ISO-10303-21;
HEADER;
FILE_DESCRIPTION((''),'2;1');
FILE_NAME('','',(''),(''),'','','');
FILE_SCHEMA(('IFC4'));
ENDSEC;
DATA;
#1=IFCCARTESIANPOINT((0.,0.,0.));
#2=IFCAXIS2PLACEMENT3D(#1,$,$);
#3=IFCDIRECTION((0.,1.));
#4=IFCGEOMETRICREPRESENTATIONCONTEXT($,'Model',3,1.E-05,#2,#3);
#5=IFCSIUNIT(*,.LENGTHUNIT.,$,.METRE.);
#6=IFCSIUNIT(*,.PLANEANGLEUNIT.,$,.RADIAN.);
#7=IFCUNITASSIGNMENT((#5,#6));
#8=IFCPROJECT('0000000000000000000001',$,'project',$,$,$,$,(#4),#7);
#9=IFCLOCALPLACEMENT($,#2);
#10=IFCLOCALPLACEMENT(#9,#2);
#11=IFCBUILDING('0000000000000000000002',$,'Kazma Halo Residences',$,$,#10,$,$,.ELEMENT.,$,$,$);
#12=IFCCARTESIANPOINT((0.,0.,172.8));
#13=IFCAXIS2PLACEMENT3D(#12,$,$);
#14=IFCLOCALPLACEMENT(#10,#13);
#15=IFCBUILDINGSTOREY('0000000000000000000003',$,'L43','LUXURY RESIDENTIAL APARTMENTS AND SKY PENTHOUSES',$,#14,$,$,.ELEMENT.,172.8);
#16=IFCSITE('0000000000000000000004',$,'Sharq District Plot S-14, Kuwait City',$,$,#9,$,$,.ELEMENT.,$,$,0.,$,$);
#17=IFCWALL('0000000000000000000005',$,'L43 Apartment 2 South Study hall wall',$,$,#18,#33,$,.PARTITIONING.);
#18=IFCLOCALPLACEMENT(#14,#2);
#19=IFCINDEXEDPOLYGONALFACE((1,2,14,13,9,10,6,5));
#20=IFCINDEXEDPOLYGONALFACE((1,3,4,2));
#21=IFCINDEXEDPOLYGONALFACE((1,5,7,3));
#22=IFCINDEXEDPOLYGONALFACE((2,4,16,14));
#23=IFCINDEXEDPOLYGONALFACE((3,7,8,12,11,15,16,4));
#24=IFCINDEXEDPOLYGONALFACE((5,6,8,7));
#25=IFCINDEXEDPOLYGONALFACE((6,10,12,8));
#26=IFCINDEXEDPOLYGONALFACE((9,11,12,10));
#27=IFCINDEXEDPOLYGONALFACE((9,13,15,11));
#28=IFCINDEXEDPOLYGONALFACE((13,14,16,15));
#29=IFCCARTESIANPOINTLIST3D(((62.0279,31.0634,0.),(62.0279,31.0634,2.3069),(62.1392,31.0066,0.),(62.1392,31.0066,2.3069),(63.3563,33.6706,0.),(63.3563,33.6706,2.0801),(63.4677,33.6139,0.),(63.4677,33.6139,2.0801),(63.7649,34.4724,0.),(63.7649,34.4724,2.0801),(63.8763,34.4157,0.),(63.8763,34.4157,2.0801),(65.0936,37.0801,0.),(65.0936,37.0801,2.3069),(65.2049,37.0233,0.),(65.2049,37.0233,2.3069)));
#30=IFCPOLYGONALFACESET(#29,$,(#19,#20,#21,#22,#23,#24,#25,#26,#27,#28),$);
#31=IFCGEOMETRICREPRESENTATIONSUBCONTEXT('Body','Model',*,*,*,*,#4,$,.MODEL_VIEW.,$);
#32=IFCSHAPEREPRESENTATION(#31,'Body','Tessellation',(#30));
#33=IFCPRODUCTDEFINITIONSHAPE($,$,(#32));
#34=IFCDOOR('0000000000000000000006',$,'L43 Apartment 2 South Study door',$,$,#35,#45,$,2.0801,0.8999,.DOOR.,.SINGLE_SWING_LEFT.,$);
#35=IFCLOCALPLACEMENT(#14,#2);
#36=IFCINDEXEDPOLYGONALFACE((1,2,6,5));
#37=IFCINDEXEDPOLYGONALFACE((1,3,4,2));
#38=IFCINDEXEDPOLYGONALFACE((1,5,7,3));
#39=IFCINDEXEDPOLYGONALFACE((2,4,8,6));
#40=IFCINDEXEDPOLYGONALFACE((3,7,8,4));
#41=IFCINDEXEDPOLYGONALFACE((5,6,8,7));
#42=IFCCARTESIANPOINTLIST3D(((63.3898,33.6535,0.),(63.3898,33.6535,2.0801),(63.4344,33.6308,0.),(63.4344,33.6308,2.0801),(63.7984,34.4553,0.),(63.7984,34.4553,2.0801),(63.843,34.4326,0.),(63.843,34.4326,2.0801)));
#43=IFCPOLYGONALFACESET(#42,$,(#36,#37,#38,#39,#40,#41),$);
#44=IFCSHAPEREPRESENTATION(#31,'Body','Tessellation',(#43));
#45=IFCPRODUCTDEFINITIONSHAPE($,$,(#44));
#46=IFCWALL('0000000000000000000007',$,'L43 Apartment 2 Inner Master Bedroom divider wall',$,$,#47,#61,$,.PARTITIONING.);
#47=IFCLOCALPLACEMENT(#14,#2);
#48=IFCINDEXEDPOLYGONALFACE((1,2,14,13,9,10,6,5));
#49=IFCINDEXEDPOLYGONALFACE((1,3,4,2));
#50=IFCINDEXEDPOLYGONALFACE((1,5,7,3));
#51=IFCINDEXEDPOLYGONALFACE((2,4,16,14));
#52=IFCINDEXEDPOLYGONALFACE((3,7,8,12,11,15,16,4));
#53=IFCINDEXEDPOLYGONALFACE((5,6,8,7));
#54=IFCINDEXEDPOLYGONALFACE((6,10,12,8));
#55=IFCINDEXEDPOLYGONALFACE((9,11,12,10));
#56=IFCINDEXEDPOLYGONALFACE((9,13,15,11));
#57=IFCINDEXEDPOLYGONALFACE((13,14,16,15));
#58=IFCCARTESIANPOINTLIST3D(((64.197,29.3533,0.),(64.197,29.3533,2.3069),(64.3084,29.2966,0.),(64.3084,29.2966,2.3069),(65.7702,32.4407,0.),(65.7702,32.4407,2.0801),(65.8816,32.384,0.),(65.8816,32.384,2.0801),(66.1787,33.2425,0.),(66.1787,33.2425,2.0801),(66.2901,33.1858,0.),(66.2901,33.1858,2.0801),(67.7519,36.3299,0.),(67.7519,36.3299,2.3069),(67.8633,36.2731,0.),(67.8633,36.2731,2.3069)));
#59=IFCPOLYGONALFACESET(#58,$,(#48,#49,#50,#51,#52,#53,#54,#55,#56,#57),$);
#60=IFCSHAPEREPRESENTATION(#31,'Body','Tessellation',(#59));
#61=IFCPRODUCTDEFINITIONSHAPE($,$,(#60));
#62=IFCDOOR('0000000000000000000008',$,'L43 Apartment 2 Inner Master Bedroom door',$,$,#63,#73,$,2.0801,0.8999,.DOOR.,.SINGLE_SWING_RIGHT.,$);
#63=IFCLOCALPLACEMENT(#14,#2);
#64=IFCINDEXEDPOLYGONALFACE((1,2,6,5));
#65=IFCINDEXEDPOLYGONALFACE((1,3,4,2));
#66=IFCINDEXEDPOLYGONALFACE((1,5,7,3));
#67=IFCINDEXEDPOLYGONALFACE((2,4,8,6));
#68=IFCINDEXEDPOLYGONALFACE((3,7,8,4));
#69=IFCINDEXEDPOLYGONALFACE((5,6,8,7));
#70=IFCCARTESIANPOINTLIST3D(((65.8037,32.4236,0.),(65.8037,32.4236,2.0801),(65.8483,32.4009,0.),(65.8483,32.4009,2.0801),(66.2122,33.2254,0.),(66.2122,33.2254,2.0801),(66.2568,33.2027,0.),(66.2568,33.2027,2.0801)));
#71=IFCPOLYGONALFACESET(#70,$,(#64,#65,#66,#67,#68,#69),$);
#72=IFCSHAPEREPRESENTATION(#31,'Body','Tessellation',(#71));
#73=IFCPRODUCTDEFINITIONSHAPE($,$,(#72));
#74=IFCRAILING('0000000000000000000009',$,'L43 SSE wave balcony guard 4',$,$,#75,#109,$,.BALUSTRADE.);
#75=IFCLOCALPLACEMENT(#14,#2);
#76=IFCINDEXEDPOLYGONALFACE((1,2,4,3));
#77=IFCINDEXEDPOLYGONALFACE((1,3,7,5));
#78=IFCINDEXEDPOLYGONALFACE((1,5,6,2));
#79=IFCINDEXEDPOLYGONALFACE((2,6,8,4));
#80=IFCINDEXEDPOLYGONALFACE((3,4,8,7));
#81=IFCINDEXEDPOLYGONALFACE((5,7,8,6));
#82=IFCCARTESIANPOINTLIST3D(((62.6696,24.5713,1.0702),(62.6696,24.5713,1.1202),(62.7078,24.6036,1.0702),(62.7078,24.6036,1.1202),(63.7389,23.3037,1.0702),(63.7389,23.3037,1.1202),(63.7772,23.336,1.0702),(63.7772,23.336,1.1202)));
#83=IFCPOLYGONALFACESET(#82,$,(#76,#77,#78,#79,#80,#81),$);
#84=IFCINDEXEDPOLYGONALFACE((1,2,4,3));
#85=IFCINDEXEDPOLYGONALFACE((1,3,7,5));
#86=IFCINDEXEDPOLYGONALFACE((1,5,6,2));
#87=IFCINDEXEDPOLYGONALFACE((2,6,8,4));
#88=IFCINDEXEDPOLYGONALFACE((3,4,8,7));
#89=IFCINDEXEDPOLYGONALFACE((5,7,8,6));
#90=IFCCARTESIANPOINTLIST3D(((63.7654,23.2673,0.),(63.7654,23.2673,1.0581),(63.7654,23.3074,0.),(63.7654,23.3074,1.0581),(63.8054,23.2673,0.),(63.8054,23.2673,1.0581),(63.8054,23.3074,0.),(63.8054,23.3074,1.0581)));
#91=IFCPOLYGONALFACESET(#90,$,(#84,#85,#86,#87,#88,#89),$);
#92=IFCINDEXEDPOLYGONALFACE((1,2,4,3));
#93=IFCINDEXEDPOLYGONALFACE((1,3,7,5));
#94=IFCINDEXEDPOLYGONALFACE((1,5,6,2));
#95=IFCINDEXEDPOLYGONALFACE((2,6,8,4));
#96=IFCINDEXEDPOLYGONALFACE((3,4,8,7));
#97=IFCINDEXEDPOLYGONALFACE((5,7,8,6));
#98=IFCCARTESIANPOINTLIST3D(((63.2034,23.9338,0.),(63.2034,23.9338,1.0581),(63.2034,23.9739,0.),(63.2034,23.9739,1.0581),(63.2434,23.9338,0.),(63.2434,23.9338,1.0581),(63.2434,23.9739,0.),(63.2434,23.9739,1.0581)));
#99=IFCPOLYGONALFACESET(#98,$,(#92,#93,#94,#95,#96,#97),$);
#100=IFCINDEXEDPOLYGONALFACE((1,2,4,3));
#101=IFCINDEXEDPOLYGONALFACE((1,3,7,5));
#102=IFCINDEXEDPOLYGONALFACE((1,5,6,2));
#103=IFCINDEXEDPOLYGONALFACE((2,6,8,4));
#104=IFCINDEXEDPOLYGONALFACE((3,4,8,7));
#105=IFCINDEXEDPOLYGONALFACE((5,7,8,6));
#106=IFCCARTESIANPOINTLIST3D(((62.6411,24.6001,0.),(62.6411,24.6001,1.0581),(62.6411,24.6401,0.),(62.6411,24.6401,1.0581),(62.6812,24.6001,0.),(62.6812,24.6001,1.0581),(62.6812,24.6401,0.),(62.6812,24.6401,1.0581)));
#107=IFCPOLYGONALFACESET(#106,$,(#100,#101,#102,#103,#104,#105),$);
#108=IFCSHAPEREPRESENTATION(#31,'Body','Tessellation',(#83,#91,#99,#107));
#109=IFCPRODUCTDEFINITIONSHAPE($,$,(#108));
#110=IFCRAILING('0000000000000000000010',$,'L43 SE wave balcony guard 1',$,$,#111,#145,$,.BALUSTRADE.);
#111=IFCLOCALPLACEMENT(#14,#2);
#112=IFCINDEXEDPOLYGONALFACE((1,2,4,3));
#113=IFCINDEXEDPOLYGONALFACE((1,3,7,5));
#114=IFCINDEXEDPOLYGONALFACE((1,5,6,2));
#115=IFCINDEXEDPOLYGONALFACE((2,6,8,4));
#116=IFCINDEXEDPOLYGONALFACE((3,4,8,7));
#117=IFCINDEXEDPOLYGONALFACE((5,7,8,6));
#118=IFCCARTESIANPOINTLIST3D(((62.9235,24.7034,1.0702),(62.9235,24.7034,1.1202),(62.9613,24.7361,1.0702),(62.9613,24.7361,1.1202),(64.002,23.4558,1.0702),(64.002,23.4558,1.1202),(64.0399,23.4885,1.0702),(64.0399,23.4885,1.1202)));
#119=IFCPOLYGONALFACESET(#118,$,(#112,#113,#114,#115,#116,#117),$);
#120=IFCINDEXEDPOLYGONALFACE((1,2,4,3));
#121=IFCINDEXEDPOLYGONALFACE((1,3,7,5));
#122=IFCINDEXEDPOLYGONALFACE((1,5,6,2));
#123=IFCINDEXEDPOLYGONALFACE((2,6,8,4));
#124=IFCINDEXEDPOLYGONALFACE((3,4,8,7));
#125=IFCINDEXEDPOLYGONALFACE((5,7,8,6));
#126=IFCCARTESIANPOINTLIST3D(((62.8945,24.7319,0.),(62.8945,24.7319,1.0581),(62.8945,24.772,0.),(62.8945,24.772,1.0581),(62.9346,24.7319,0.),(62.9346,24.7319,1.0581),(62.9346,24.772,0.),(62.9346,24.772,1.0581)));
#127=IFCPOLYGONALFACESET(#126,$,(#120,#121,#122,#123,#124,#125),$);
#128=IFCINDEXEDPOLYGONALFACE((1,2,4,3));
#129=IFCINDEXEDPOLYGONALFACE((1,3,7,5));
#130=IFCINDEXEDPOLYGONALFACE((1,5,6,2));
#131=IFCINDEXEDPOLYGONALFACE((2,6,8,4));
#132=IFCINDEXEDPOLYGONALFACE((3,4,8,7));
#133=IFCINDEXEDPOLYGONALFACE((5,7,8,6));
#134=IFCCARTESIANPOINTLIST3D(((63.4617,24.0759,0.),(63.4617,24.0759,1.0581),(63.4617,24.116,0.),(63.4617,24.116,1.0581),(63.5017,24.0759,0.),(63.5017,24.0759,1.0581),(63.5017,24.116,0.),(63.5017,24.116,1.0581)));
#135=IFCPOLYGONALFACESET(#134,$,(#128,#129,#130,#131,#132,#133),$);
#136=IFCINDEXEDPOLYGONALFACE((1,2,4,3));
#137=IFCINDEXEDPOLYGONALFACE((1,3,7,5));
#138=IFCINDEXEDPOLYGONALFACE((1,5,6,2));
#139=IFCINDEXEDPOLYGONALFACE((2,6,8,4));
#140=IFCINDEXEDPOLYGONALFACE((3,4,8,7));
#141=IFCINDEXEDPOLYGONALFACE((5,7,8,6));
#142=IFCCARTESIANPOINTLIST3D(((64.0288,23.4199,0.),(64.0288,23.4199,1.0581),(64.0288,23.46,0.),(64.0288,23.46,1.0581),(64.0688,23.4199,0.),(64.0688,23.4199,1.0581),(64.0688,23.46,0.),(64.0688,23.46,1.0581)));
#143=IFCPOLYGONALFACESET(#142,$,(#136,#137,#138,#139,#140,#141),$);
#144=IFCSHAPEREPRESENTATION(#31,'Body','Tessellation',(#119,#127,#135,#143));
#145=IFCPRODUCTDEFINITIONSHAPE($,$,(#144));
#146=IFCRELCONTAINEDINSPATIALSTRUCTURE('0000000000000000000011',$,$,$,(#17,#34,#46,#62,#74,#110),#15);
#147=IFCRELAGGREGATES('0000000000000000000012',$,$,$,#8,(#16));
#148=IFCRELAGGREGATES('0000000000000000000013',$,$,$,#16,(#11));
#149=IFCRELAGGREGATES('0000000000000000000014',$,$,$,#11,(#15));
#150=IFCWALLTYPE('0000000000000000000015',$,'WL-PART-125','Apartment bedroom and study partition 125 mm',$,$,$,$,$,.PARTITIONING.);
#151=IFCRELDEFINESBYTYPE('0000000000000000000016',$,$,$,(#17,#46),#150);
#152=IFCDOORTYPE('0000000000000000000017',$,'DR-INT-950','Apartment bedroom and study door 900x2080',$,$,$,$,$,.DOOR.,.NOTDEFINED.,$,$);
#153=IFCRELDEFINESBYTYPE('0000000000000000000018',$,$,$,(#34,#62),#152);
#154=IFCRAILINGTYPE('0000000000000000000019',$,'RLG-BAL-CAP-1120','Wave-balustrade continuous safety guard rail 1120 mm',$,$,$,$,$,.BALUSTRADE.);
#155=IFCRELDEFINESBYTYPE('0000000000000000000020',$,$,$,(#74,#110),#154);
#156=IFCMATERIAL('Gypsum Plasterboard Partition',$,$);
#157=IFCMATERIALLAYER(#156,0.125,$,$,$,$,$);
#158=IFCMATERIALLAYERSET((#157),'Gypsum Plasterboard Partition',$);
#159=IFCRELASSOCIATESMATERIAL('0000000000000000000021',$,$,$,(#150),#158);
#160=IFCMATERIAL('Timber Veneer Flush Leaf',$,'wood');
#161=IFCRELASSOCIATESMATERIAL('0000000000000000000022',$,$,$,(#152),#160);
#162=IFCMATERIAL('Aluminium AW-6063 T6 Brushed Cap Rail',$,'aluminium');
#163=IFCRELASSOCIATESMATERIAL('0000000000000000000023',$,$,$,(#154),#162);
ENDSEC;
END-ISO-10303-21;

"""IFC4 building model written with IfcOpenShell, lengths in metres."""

from ifc_helpers import new_model, si_unit, direction, frame, frame_2d, origin, origin_2d, place, context, subcontext, project, spatial, rectangle, extrude, material, layer, layer_set, type_object, element, fill, save


model = new_model("IFC4")

# Units and contexts
model_context = context("Model", 3, precision=1e-05, world=origin(), true_north=direction((0.0, 1.0)))
body_context = subcontext(model_context, "Body", "Model", "MODEL_VIEW")
ifc_project = project(units=[si_unit("LENGTHUNIT", "METRE"), si_unit("PLANEANGLEUNIT", "RADIAN")], contexts=[model_context])

# Site, building, storey
site_placement = place(None, origin())
site = spatial("IfcSite", under=ifc_project, at=site_placement, Name="Sharq District Plot S-14, Kuwait City", CompositionType="ELEMENT", RefElevation=0.0)
building_placement = place(site_placement, origin())
building = spatial("IfcBuilding", under=site, at=building_placement, Name="Kazma Halo Residences", CompositionType="ELEMENT")
storey_placement = place(building_placement, frame((0.0, 0.0, 172.8)))
storey = spatial("IfcBuildingStorey", under=building, at=storey_placement, Name="L43", Description="LUXURY RESIDENTIAL APARTMENTS AND SKY PENTHOUSES", CompositionType="ELEMENT", Elevation=172.8)

# Shared definitions
ifc_material_1 = material(Name="Gypsum Plasterboard Partition")
ifc_layer_1 = layer(ifc_material_1, 0.125)
ifc_layer_set_1 = layer_set([ifc_layer_1], Name="Gypsum Plasterboard Partition")
wall_type_1 = type_object("IfcWallType", Name="WL-PART-125", Description="Apartment bedroom and study partition 125 mm", PredefinedType="PARTITIONING", material=ifc_layer_set_1)

# Walls, openings, doors
wall_1_placement = place(storey_placement, frame((62.0835, 31.0349, 0.0), z_axis=(0.0, 0.0, 1.0), x_axis=(0.453998, 0.891003, 0.0)))
wall_1 = element("IfcWall", 1, at=wall_1_placement, inside=storey, type_object=wall_type_1, Name="L43 Apartment 2 South Study hall wall", PredefinedType="PARTITIONING", context=body_context, shape_type="SweptSolid", body=[
    extrude(rectangle(XDim=6.7527, YDim=0.125, at=frame_2d((3.3765, 0.0))), origin(), (0.0, 0.0, 1.0), 2.3069),
])
opening_1_placement = place(wall_1_placement, frame((2.9263, 0.0, 0.0)))
opening_1 = element("IfcOpeningElement", 2, at=opening_1_placement, cuts=wall_1, PredefinedType="OPENING", context=body_context, shape_type="SweptSolid", body=[
    extrude(rectangle(XDim=0.8999, YDim=2.0801, at=frame_2d((0.45, 1.04))), frame((0.0, 0.0725, 0.0), z_axis=(0.0, -1.0, 0.0), x_axis=(1.0, 0.0, 0.0)), (0.0, 0.0, 1.0), 0.145),
])
ifc_material_2 = material(Name="Timber Veneer Flush Leaf", Category="wood")
door_type_1 = type_object("IfcDoorType", Name="DR-INT-950", Description="Apartment bedroom and study door 900x2080", OperationType="NOTDEFINED", PredefinedType="DOOR", material=ifc_material_2)
door_1_placement = place(opening_1_placement, origin())
door_1 = element("IfcDoor", 3, at=door_1_placement, inside=storey, type_object=door_type_1, Name="L43 Apartment 2 South Study door", OperationType="SINGLE_SWING_LEFT", OverallHeight=2.0801, OverallWidth=0.8999, PredefinedType="DOOR", context=body_context, shape_type="SweptSolid", body=[
    extrude(rectangle(XDim=0.8999, YDim=2.0801, at=frame_2d((0.45, 1.04))), frame((0.0, 0.0249, 0.0), z_axis=(0.0, -1.0, 0.0), x_axis=(1.0, 0.0, 0.0)), (0.0, 0.0, 1.0), 0.05),
])
fill(opening_1, door_1)
wall_2_placement = place(storey_placement, frame((64.2527, 29.325, 0.0), z_axis=(0.0, 0.0, 1.0), x_axis=(0.45401, 0.890996, 0.0)))
wall_2 = element("IfcWall", 4, at=wall_2_placement, inside=storey, type_object=wall_type_1, Name="L43 Apartment 2 Inner Master Bedroom divider wall", PredefinedType="PARTITIONING", context=body_context, shape_type="SweptSolid", body=[
    extrude(rectangle(XDim=7.8301, YDim=0.125, at=frame_2d((3.915, 0.0))), origin(), (0.0, 0.0, 1.0), 2.3069),
])
opening_2_placement = place(wall_2_placement, frame((3.4651, 0.0, 0.0)))
opening_2 = element("IfcOpeningElement", 5, at=opening_2_placement, cuts=wall_2, PredefinedType="OPENING", context=body_context, shape_type="SweptSolid", body=[
    extrude(rectangle(XDim=0.8999, YDim=2.0801, at=frame_2d((0.45, 1.04))), frame((0.0, 0.0725, 0.0), z_axis=(0.0, -1.0, 0.0), x_axis=(1.0, 0.0, 0.0)), (0.0, 0.0, 1.0), 0.145),
])
door_2_placement = place(opening_2_placement, origin())
door_2 = element("IfcDoor", 6, at=door_2_placement, inside=storey, type_object=door_type_1, Name="L43 Apartment 2 Inner Master Bedroom door", OperationType="SINGLE_SWING_RIGHT", OverallHeight=2.0801, OverallWidth=0.8999, PredefinedType="DOOR", context=body_context, shape_type="SweptSolid", body=[
    extrude(rectangle(XDim=0.8999, YDim=2.0801, at=frame_2d((0.45, 1.04))), frame((0.0, 0.0249, 0.0), z_axis=(0.0, -1.0, 0.0), x_axis=(1.0, 0.0, 0.0)), (0.0, 0.0, 1.0), 0.05),
])
fill(opening_2, door_2)

# Railings
ifc_material_3 = material(Name="Aluminium AW-6063 T6 Brushed Cap Rail", Category="aluminium")
railing_type = type_object("IfcRailingType", Name="RLG-BAL-CAP-1120", Description="Wave-balustrade continuous safety guard rail 1120 mm", PredefinedType="BALUSTRADE", material=ifc_material_3)
railing_1_placement = place(storey_placement, frame((63.7854, 23.2874, 0.0)))
element("IfcRailing", 7, at=railing_1_placement, inside=storey, type_object=railing_type, Name="L43 SSE wave balcony guard 4", PredefinedType="BALUSTRADE", context=body_context, shape_type="SweptSolid", body=[
    extrude(rectangle(XDim=0.05, YDim=0.05, at=origin_2d()), frame((-0.0273, 0.0325, 1.0952), z_axis=(-0.644787, 0.764363, 0.0), x_axis=(-0.764363, -0.644787, 0.0)), (0.0, 0.0, 1.0), 1.6584),
    extrude(rectangle(XDim=0.04, YDim=0.04, at=origin_2d()), origin(), (0.0, 0.0, 1.0), 1.0581),
    extrude(rectangle(XDim=0.04, YDim=0.04, at=origin_2d()), frame((-0.562, 0.6665, 0.0)), (0.0, 0.0, 1.0), 1.0581),
    extrude(rectangle(XDim=0.04, YDim=0.04, at=origin_2d()), frame((-1.1243, 1.3328, 0.0)), (0.0, 0.0, 1.0), 1.0581),
])
railing_2_placement = place(storey_placement, frame((62.9146, 24.752, 0.0)))
element("IfcRailing", 8, at=railing_2_placement, inside=storey, type_object=railing_type, Name="L43 SE wave balcony guard 1", PredefinedType="BALUSTRADE", context=body_context, shape_type="SweptSolid", body=[
    extrude(rectangle(XDim=0.05, YDim=0.05, at=origin_2d()), frame((0.0278, -0.0322, 1.0952), z_axis=(0.654008, -0.756487, 0.0), x_axis=(0.756487, 0.654008, 0.0)), (0.0, 0.0, 1.0), 1.6492),
    extrude(rectangle(XDim=0.04, YDim=0.04, at=origin_2d()), origin(), (0.0, 0.0, 1.0), 1.0581),
    extrude(rectangle(XDim=0.04, YDim=0.04, at=origin_2d()), frame((0.5671, -0.656, 0.0)), (0.0, 0.0, 1.0), 1.0581),
    extrude(rectangle(XDim=0.04, YDim=0.04, at=origin_2d()), frame((1.1343, -1.312, 0.0)), (0.0, 0.0, 1.0), 1.0581),
])

save(model, "model.ifc")
